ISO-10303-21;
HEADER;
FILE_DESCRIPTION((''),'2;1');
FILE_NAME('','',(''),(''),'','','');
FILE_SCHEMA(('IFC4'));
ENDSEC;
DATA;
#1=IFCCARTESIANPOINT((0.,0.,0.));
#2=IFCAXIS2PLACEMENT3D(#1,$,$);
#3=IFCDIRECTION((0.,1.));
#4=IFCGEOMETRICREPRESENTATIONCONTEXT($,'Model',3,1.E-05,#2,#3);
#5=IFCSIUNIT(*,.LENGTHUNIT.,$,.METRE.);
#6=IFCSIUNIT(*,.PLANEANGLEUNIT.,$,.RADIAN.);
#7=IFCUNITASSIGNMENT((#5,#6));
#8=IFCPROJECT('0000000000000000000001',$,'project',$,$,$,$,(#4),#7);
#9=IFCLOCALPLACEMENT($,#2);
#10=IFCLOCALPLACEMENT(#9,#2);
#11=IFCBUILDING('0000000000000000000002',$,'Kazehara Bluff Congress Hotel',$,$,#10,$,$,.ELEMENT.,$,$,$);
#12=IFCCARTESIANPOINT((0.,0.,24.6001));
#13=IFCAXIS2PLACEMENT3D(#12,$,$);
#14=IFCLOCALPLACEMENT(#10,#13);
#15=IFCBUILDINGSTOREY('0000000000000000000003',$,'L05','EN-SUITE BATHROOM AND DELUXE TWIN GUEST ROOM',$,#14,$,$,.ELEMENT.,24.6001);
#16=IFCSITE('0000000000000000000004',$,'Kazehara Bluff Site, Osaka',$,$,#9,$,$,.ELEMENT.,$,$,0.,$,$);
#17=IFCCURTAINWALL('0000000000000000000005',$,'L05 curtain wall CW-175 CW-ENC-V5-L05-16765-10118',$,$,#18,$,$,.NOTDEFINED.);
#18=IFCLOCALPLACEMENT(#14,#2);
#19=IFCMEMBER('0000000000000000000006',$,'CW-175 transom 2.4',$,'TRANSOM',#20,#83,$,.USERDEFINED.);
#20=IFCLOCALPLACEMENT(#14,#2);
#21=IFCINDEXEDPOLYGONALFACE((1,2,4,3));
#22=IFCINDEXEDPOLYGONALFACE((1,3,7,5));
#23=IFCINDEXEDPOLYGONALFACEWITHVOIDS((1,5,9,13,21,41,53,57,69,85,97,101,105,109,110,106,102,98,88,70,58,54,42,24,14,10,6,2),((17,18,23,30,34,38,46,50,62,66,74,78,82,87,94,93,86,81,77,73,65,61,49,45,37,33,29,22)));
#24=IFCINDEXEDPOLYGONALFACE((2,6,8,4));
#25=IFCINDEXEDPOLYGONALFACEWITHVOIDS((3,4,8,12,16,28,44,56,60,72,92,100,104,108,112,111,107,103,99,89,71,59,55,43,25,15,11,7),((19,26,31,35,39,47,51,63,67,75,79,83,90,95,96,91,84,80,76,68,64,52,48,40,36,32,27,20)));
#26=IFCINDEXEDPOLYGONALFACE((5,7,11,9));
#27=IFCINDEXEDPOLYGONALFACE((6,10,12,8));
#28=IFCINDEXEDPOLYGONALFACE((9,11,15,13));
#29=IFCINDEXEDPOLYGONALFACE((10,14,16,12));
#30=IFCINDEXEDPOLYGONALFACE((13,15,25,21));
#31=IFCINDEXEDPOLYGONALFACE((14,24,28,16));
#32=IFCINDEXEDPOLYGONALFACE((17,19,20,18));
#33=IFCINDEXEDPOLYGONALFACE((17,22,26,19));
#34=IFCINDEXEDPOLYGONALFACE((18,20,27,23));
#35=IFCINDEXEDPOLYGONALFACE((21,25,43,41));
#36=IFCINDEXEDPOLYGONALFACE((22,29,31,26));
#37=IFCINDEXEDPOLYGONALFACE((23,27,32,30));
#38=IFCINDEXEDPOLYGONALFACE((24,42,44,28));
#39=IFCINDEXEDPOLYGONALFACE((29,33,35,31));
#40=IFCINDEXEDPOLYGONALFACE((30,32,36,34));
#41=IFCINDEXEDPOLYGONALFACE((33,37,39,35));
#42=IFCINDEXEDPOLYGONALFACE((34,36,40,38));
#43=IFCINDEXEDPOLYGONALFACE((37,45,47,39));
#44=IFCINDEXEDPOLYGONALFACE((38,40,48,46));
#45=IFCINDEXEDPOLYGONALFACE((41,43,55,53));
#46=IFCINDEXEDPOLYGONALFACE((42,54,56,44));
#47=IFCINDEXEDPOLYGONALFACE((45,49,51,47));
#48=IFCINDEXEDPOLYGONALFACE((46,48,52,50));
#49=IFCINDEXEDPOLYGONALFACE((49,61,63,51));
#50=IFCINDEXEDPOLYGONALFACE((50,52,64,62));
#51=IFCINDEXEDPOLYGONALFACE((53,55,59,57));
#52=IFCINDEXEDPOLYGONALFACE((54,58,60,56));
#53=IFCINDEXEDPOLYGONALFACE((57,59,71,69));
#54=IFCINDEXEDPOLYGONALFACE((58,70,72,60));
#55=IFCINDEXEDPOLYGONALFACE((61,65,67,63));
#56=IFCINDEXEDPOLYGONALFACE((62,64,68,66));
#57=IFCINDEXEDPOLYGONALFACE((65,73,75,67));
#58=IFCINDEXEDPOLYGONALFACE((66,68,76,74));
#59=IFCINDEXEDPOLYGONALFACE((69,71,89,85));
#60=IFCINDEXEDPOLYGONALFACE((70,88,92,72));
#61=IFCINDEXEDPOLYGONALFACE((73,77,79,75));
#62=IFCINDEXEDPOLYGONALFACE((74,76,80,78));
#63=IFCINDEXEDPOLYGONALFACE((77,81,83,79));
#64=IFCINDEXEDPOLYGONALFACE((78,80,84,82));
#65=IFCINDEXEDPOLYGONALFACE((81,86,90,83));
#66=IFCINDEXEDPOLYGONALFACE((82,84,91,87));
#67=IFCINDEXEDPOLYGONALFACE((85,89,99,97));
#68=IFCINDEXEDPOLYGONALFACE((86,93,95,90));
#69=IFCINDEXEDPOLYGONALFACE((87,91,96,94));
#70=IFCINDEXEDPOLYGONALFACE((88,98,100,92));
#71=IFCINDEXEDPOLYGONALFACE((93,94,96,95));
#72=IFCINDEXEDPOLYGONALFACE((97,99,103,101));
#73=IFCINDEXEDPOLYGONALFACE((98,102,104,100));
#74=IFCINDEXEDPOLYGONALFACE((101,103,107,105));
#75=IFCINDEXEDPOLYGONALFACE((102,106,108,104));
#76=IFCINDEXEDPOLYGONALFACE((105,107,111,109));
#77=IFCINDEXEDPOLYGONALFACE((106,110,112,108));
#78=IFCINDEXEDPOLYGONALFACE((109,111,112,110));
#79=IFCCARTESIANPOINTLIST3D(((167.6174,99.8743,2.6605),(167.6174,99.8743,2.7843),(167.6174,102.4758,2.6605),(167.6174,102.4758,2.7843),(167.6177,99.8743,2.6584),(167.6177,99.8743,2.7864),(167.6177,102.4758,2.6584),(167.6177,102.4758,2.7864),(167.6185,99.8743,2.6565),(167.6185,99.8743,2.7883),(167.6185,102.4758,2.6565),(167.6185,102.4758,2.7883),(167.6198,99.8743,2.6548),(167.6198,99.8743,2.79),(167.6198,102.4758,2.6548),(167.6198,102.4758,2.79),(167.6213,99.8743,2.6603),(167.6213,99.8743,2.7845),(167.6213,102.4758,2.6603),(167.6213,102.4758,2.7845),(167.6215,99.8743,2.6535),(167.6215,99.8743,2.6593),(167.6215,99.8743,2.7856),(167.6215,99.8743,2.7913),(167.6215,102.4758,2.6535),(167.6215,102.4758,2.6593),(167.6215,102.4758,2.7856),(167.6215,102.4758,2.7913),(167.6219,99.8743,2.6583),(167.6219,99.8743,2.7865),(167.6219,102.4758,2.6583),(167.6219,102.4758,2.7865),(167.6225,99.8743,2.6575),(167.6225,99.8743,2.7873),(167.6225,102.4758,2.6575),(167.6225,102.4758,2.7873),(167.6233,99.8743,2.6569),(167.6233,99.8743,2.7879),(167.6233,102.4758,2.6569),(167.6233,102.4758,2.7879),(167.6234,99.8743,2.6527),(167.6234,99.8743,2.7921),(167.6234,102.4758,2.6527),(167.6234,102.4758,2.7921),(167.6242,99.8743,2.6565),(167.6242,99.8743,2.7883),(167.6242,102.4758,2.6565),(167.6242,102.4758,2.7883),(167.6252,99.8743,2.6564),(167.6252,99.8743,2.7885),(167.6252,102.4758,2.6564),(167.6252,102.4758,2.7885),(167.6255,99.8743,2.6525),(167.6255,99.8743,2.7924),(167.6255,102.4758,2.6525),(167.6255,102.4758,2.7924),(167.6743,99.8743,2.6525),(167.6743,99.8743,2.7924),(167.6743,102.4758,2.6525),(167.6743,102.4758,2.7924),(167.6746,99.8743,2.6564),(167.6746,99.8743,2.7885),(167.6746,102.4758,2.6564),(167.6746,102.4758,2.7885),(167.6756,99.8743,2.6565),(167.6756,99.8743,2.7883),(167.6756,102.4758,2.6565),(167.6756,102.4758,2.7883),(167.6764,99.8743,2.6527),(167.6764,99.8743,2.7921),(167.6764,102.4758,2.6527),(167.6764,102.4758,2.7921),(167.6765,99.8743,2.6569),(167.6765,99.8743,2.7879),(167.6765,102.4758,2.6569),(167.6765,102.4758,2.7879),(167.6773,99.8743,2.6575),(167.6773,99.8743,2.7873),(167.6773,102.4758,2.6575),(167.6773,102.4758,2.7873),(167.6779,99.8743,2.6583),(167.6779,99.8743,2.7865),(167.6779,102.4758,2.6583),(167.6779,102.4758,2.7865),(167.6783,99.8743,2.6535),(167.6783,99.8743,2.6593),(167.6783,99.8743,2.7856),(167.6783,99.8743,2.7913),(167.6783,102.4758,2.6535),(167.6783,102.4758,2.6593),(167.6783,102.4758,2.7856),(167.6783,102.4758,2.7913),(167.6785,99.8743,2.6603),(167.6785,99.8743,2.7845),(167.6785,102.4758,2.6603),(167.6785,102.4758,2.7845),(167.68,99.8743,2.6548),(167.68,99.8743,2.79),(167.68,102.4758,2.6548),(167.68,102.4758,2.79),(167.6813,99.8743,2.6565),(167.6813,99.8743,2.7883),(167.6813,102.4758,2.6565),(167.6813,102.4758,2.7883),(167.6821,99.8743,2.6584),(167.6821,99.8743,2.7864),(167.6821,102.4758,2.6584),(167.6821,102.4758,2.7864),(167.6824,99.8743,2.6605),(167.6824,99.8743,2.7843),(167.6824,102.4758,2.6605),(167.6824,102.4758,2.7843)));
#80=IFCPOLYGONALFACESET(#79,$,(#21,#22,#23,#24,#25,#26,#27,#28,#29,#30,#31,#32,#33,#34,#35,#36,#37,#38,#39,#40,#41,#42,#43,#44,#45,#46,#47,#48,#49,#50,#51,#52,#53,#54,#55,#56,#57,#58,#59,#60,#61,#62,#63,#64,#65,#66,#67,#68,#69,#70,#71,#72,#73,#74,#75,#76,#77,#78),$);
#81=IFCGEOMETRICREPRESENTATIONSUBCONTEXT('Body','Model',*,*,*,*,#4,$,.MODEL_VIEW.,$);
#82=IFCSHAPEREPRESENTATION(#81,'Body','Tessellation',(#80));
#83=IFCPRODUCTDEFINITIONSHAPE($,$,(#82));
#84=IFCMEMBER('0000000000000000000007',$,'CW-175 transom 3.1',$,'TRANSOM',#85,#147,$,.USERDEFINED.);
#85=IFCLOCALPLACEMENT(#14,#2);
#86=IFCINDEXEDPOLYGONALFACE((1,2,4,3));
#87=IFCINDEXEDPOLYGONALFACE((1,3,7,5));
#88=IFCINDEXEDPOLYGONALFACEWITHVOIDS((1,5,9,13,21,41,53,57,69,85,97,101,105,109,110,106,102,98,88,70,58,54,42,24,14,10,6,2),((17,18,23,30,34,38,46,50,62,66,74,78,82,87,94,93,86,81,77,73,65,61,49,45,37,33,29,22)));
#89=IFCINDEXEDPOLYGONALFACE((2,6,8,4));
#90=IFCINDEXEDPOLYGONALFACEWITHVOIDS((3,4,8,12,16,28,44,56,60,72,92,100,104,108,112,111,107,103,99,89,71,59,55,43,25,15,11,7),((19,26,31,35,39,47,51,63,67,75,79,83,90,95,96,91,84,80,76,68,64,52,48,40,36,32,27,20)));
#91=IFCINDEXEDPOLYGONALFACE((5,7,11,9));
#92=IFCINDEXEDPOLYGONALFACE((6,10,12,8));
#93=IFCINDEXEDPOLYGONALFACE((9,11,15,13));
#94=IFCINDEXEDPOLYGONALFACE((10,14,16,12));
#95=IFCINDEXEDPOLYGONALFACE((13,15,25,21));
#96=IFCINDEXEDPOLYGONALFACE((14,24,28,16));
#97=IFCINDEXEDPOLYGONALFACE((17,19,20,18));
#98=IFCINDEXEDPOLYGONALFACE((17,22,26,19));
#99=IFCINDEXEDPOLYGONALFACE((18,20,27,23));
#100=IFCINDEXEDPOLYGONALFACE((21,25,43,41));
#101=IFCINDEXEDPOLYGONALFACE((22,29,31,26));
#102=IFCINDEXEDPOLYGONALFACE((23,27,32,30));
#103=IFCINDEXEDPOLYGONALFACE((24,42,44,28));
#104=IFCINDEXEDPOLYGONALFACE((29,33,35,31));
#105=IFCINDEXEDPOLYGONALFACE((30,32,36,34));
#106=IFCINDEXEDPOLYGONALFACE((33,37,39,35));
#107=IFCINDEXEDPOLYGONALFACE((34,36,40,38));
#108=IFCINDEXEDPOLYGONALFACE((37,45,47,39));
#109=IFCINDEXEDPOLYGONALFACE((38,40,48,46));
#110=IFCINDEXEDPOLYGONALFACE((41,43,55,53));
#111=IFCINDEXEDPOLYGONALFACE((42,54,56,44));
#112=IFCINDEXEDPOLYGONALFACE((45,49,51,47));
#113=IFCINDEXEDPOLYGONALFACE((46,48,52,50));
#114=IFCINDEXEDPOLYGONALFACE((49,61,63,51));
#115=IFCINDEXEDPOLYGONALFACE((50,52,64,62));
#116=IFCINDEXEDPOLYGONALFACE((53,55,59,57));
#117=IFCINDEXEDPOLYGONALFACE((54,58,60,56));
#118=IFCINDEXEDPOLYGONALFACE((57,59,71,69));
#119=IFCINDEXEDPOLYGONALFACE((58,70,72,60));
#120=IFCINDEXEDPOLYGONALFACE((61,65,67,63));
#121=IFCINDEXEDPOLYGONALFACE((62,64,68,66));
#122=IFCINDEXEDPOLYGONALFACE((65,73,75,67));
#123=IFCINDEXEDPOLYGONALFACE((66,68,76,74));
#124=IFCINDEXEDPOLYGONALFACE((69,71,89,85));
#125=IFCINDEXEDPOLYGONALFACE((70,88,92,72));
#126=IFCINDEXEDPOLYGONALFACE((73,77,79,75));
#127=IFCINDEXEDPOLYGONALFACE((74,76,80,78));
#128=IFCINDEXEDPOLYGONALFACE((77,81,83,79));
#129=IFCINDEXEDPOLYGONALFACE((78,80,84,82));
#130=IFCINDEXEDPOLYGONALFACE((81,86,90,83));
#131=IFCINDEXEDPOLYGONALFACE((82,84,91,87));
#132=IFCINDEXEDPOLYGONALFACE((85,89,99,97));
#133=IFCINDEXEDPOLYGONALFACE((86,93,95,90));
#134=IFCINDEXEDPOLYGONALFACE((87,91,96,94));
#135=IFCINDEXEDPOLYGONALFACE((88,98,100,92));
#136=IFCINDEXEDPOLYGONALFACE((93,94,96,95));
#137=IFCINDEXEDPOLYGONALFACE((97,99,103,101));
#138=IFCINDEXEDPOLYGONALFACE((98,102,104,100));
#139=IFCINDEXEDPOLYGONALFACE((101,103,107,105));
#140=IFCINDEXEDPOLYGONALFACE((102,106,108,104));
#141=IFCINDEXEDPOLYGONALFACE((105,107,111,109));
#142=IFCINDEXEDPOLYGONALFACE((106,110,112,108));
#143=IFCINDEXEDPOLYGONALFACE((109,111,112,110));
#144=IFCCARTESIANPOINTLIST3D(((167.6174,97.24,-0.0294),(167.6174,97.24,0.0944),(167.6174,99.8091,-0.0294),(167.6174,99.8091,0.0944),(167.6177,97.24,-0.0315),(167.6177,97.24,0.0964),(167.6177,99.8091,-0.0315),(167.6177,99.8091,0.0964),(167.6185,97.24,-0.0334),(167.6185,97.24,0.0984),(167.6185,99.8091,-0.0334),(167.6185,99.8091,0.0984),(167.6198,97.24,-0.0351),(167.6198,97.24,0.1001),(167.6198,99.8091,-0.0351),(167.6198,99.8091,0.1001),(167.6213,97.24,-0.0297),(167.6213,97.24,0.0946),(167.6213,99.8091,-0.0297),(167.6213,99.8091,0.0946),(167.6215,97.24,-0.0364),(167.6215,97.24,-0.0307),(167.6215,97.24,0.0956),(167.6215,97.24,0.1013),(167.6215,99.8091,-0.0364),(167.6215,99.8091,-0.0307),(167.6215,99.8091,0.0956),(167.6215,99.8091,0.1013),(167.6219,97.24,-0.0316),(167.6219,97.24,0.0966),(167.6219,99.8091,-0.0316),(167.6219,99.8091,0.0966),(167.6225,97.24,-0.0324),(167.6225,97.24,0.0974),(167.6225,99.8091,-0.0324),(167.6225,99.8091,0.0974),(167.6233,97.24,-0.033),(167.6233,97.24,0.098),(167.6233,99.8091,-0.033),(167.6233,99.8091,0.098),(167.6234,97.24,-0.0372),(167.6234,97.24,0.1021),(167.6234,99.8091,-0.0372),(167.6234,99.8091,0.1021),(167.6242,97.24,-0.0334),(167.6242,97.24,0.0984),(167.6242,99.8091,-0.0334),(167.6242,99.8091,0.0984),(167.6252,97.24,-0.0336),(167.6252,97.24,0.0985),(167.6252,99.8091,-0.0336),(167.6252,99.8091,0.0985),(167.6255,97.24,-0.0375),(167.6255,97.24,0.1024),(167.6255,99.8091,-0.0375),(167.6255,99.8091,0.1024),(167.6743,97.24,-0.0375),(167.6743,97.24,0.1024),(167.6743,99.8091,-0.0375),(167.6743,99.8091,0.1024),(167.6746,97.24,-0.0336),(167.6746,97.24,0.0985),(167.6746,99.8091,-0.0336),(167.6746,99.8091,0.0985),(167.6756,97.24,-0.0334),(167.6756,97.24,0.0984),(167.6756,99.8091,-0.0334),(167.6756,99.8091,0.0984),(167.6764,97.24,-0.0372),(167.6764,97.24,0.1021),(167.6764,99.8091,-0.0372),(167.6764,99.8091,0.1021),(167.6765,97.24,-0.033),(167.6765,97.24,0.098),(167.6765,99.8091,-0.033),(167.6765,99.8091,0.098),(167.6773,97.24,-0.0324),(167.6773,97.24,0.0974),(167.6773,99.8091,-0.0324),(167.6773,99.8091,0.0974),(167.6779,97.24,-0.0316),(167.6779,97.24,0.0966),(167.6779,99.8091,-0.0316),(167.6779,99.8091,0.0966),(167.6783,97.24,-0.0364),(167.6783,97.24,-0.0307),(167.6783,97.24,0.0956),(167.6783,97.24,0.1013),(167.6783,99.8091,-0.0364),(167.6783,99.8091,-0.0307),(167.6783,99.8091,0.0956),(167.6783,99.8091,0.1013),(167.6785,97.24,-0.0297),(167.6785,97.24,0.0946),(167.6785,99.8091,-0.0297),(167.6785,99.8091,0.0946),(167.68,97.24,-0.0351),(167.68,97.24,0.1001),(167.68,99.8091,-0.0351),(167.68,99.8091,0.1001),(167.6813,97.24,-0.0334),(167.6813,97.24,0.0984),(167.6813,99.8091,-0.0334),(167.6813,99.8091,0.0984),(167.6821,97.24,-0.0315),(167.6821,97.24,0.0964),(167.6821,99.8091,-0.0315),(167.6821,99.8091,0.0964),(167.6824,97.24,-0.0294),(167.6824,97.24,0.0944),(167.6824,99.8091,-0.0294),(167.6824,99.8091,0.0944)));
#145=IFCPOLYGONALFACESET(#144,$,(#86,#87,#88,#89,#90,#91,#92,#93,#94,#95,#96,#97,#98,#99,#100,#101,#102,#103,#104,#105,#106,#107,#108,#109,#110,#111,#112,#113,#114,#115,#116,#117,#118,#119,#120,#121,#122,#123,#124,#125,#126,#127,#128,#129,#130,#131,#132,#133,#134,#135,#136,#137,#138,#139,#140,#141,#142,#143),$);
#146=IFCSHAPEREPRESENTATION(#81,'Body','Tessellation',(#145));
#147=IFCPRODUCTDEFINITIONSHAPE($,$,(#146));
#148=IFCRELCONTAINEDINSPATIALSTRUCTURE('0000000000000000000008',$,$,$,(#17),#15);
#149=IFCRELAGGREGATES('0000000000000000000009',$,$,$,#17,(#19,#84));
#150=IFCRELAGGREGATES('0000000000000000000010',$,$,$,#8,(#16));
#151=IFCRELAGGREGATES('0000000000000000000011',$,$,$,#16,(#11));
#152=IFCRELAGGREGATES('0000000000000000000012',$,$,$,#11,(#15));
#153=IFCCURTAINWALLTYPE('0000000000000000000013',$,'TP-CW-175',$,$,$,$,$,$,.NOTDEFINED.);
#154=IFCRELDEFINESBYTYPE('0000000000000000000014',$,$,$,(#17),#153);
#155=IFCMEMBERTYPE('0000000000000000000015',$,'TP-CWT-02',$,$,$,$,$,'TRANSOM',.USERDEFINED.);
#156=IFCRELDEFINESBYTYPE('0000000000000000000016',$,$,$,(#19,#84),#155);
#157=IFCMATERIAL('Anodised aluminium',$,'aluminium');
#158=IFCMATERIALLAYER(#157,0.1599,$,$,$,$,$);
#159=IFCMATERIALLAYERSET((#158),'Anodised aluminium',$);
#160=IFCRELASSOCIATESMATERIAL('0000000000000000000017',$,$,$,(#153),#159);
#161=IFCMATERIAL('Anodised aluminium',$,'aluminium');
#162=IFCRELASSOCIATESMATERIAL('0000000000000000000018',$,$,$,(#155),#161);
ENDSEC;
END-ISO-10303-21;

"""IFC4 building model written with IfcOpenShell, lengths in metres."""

from ifc_helpers import new_model, si_unit, direction, frame, origin, origin_2d, place, context, subcontext, project, spatial, hollow_rectangle, extrude, material, layer, layer_set, material_profile, profile_set, type_object, element, aggregate, save


model = new_model("IFC4")

# Units and contexts
model_context = context("Model", 3, precision=1e-05, world=origin(), true_north=direction((0.0, 1.0)))
body_context = subcontext(model_context, "Body", "Model", "MODEL_VIEW")
ifc_project = project(units=[si_unit("LENGTHUNIT", "METRE"), si_unit("PLANEANGLEUNIT", "RADIAN")], contexts=[model_context])

# Site, building, storey
site_placement = place(None, origin())
site = spatial("IfcSite", under=ifc_project, at=site_placement, Name="Kazehara Bluff Site, Osaka", CompositionType="ELEMENT", RefElevation=0.0)
building_placement = place(site_placement, origin())
building = spatial("IfcBuilding", under=site, at=building_placement, Name="Kazehara Bluff Congress Hotel", CompositionType="ELEMENT")
storey_placement = place(building_placement, frame((0.0, 0.0, 24.6001)))
storey = spatial("IfcBuildingStorey", under=building, at=storey_placement, Name="L05", Description="EN-SUITE BATHROOM AND DELUXE TWIN GUEST ROOM", CompositionType="ELEMENT", Elevation=24.6001)

# Curtain wall, members
ifc_material_1 = material(Name="Anodised aluminium", Category="aluminium")
ifc_layer_1 = layer(ifc_material_1, 0.1599)
ifc_layer_set_1 = layer_set([ifc_layer_1], Name="Anodised aluminium")
curtain_wall_type = type_object("IfcCurtainWallType", Name="TP-CW-175", PredefinedType="NOTDEFINED", material=ifc_layer_set_1)
curtain_wall_placement = place(storey_placement, origin())
curtain_wall = element("IfcCurtainWall", 1, at=curtain_wall_placement, inside=storey, type_object=curtain_wall_type, Name="L05 curtain wall CW-175 CW-ENC-V5-L05-16765-10118", PredefinedType="NOTDEFINED")
ifc_material_2 = material(Name="Anodised aluminium", Category="aluminium")
ifc_material_profile_1 = material_profile(ifc_material_2, hollow_rectangle(XDim=0.0649, YDim=0.1399, WallThickness=0.0039, InnerFilletRadius=0.0039, OuterFilletRadius=0.0081, at=origin_2d()))
ifc_profile_set_1 = profile_set([ifc_material_profile_1], Name="Anodised aluminium")
member_type_1 = type_object("IfcMemberType", Name="TP-CWT-02", ElementType="TRANSOM", PredefinedType="USERDEFINED", material=ifc_profile_set_1)
member_1_placement = place(storey_placement, frame((167.6499, 102.4758, 2.7224), z_axis=(0.0, -1.0, 0.0), x_axis=(1.0, 0.0, 0.0)))
member_1 = element("IfcMember", 2, at=member_1_placement, type_object=member_type_1, Name="CW-175 transom 2.4", ObjectType="TRANSOM", PredefinedType="USERDEFINED", context=body_context, shape_type="SweptSolid", body=[
    extrude(hollow_rectangle(XDim=0.0649, YDim=0.1399, WallThickness=0.0039, InnerFilletRadius=0.0039, OuterFilletRadius=0.0081, at=origin_2d()), origin(), (0.0, 0.0, 1.0), 2.6016),
])
member_2_placement = place(storey_placement, frame((167.6499, 99.8091, 0.0325), z_axis=(0.0, -1.0, 0.0), x_axis=(1.0, 0.0, 0.0)))
member_2 = element("IfcMember", 3, at=member_2_placement, type_object=member_type_1, Name="CW-175 transom 3.1", ObjectType="TRANSOM", PredefinedType="USERDEFINED", context=body_context, shape_type="SweptSolid", body=[
    extrude(hollow_rectangle(XDim=0.0649, YDim=0.1399, WallThickness=0.0039, InnerFilletRadius=0.0039, OuterFilletRadius=0.0081, at=origin_2d()), origin(), (0.0, 0.0, 1.0), 2.5691),
])
aggregate(curtain_wall, [member_1, member_2])

save(model, "model.ifc")
